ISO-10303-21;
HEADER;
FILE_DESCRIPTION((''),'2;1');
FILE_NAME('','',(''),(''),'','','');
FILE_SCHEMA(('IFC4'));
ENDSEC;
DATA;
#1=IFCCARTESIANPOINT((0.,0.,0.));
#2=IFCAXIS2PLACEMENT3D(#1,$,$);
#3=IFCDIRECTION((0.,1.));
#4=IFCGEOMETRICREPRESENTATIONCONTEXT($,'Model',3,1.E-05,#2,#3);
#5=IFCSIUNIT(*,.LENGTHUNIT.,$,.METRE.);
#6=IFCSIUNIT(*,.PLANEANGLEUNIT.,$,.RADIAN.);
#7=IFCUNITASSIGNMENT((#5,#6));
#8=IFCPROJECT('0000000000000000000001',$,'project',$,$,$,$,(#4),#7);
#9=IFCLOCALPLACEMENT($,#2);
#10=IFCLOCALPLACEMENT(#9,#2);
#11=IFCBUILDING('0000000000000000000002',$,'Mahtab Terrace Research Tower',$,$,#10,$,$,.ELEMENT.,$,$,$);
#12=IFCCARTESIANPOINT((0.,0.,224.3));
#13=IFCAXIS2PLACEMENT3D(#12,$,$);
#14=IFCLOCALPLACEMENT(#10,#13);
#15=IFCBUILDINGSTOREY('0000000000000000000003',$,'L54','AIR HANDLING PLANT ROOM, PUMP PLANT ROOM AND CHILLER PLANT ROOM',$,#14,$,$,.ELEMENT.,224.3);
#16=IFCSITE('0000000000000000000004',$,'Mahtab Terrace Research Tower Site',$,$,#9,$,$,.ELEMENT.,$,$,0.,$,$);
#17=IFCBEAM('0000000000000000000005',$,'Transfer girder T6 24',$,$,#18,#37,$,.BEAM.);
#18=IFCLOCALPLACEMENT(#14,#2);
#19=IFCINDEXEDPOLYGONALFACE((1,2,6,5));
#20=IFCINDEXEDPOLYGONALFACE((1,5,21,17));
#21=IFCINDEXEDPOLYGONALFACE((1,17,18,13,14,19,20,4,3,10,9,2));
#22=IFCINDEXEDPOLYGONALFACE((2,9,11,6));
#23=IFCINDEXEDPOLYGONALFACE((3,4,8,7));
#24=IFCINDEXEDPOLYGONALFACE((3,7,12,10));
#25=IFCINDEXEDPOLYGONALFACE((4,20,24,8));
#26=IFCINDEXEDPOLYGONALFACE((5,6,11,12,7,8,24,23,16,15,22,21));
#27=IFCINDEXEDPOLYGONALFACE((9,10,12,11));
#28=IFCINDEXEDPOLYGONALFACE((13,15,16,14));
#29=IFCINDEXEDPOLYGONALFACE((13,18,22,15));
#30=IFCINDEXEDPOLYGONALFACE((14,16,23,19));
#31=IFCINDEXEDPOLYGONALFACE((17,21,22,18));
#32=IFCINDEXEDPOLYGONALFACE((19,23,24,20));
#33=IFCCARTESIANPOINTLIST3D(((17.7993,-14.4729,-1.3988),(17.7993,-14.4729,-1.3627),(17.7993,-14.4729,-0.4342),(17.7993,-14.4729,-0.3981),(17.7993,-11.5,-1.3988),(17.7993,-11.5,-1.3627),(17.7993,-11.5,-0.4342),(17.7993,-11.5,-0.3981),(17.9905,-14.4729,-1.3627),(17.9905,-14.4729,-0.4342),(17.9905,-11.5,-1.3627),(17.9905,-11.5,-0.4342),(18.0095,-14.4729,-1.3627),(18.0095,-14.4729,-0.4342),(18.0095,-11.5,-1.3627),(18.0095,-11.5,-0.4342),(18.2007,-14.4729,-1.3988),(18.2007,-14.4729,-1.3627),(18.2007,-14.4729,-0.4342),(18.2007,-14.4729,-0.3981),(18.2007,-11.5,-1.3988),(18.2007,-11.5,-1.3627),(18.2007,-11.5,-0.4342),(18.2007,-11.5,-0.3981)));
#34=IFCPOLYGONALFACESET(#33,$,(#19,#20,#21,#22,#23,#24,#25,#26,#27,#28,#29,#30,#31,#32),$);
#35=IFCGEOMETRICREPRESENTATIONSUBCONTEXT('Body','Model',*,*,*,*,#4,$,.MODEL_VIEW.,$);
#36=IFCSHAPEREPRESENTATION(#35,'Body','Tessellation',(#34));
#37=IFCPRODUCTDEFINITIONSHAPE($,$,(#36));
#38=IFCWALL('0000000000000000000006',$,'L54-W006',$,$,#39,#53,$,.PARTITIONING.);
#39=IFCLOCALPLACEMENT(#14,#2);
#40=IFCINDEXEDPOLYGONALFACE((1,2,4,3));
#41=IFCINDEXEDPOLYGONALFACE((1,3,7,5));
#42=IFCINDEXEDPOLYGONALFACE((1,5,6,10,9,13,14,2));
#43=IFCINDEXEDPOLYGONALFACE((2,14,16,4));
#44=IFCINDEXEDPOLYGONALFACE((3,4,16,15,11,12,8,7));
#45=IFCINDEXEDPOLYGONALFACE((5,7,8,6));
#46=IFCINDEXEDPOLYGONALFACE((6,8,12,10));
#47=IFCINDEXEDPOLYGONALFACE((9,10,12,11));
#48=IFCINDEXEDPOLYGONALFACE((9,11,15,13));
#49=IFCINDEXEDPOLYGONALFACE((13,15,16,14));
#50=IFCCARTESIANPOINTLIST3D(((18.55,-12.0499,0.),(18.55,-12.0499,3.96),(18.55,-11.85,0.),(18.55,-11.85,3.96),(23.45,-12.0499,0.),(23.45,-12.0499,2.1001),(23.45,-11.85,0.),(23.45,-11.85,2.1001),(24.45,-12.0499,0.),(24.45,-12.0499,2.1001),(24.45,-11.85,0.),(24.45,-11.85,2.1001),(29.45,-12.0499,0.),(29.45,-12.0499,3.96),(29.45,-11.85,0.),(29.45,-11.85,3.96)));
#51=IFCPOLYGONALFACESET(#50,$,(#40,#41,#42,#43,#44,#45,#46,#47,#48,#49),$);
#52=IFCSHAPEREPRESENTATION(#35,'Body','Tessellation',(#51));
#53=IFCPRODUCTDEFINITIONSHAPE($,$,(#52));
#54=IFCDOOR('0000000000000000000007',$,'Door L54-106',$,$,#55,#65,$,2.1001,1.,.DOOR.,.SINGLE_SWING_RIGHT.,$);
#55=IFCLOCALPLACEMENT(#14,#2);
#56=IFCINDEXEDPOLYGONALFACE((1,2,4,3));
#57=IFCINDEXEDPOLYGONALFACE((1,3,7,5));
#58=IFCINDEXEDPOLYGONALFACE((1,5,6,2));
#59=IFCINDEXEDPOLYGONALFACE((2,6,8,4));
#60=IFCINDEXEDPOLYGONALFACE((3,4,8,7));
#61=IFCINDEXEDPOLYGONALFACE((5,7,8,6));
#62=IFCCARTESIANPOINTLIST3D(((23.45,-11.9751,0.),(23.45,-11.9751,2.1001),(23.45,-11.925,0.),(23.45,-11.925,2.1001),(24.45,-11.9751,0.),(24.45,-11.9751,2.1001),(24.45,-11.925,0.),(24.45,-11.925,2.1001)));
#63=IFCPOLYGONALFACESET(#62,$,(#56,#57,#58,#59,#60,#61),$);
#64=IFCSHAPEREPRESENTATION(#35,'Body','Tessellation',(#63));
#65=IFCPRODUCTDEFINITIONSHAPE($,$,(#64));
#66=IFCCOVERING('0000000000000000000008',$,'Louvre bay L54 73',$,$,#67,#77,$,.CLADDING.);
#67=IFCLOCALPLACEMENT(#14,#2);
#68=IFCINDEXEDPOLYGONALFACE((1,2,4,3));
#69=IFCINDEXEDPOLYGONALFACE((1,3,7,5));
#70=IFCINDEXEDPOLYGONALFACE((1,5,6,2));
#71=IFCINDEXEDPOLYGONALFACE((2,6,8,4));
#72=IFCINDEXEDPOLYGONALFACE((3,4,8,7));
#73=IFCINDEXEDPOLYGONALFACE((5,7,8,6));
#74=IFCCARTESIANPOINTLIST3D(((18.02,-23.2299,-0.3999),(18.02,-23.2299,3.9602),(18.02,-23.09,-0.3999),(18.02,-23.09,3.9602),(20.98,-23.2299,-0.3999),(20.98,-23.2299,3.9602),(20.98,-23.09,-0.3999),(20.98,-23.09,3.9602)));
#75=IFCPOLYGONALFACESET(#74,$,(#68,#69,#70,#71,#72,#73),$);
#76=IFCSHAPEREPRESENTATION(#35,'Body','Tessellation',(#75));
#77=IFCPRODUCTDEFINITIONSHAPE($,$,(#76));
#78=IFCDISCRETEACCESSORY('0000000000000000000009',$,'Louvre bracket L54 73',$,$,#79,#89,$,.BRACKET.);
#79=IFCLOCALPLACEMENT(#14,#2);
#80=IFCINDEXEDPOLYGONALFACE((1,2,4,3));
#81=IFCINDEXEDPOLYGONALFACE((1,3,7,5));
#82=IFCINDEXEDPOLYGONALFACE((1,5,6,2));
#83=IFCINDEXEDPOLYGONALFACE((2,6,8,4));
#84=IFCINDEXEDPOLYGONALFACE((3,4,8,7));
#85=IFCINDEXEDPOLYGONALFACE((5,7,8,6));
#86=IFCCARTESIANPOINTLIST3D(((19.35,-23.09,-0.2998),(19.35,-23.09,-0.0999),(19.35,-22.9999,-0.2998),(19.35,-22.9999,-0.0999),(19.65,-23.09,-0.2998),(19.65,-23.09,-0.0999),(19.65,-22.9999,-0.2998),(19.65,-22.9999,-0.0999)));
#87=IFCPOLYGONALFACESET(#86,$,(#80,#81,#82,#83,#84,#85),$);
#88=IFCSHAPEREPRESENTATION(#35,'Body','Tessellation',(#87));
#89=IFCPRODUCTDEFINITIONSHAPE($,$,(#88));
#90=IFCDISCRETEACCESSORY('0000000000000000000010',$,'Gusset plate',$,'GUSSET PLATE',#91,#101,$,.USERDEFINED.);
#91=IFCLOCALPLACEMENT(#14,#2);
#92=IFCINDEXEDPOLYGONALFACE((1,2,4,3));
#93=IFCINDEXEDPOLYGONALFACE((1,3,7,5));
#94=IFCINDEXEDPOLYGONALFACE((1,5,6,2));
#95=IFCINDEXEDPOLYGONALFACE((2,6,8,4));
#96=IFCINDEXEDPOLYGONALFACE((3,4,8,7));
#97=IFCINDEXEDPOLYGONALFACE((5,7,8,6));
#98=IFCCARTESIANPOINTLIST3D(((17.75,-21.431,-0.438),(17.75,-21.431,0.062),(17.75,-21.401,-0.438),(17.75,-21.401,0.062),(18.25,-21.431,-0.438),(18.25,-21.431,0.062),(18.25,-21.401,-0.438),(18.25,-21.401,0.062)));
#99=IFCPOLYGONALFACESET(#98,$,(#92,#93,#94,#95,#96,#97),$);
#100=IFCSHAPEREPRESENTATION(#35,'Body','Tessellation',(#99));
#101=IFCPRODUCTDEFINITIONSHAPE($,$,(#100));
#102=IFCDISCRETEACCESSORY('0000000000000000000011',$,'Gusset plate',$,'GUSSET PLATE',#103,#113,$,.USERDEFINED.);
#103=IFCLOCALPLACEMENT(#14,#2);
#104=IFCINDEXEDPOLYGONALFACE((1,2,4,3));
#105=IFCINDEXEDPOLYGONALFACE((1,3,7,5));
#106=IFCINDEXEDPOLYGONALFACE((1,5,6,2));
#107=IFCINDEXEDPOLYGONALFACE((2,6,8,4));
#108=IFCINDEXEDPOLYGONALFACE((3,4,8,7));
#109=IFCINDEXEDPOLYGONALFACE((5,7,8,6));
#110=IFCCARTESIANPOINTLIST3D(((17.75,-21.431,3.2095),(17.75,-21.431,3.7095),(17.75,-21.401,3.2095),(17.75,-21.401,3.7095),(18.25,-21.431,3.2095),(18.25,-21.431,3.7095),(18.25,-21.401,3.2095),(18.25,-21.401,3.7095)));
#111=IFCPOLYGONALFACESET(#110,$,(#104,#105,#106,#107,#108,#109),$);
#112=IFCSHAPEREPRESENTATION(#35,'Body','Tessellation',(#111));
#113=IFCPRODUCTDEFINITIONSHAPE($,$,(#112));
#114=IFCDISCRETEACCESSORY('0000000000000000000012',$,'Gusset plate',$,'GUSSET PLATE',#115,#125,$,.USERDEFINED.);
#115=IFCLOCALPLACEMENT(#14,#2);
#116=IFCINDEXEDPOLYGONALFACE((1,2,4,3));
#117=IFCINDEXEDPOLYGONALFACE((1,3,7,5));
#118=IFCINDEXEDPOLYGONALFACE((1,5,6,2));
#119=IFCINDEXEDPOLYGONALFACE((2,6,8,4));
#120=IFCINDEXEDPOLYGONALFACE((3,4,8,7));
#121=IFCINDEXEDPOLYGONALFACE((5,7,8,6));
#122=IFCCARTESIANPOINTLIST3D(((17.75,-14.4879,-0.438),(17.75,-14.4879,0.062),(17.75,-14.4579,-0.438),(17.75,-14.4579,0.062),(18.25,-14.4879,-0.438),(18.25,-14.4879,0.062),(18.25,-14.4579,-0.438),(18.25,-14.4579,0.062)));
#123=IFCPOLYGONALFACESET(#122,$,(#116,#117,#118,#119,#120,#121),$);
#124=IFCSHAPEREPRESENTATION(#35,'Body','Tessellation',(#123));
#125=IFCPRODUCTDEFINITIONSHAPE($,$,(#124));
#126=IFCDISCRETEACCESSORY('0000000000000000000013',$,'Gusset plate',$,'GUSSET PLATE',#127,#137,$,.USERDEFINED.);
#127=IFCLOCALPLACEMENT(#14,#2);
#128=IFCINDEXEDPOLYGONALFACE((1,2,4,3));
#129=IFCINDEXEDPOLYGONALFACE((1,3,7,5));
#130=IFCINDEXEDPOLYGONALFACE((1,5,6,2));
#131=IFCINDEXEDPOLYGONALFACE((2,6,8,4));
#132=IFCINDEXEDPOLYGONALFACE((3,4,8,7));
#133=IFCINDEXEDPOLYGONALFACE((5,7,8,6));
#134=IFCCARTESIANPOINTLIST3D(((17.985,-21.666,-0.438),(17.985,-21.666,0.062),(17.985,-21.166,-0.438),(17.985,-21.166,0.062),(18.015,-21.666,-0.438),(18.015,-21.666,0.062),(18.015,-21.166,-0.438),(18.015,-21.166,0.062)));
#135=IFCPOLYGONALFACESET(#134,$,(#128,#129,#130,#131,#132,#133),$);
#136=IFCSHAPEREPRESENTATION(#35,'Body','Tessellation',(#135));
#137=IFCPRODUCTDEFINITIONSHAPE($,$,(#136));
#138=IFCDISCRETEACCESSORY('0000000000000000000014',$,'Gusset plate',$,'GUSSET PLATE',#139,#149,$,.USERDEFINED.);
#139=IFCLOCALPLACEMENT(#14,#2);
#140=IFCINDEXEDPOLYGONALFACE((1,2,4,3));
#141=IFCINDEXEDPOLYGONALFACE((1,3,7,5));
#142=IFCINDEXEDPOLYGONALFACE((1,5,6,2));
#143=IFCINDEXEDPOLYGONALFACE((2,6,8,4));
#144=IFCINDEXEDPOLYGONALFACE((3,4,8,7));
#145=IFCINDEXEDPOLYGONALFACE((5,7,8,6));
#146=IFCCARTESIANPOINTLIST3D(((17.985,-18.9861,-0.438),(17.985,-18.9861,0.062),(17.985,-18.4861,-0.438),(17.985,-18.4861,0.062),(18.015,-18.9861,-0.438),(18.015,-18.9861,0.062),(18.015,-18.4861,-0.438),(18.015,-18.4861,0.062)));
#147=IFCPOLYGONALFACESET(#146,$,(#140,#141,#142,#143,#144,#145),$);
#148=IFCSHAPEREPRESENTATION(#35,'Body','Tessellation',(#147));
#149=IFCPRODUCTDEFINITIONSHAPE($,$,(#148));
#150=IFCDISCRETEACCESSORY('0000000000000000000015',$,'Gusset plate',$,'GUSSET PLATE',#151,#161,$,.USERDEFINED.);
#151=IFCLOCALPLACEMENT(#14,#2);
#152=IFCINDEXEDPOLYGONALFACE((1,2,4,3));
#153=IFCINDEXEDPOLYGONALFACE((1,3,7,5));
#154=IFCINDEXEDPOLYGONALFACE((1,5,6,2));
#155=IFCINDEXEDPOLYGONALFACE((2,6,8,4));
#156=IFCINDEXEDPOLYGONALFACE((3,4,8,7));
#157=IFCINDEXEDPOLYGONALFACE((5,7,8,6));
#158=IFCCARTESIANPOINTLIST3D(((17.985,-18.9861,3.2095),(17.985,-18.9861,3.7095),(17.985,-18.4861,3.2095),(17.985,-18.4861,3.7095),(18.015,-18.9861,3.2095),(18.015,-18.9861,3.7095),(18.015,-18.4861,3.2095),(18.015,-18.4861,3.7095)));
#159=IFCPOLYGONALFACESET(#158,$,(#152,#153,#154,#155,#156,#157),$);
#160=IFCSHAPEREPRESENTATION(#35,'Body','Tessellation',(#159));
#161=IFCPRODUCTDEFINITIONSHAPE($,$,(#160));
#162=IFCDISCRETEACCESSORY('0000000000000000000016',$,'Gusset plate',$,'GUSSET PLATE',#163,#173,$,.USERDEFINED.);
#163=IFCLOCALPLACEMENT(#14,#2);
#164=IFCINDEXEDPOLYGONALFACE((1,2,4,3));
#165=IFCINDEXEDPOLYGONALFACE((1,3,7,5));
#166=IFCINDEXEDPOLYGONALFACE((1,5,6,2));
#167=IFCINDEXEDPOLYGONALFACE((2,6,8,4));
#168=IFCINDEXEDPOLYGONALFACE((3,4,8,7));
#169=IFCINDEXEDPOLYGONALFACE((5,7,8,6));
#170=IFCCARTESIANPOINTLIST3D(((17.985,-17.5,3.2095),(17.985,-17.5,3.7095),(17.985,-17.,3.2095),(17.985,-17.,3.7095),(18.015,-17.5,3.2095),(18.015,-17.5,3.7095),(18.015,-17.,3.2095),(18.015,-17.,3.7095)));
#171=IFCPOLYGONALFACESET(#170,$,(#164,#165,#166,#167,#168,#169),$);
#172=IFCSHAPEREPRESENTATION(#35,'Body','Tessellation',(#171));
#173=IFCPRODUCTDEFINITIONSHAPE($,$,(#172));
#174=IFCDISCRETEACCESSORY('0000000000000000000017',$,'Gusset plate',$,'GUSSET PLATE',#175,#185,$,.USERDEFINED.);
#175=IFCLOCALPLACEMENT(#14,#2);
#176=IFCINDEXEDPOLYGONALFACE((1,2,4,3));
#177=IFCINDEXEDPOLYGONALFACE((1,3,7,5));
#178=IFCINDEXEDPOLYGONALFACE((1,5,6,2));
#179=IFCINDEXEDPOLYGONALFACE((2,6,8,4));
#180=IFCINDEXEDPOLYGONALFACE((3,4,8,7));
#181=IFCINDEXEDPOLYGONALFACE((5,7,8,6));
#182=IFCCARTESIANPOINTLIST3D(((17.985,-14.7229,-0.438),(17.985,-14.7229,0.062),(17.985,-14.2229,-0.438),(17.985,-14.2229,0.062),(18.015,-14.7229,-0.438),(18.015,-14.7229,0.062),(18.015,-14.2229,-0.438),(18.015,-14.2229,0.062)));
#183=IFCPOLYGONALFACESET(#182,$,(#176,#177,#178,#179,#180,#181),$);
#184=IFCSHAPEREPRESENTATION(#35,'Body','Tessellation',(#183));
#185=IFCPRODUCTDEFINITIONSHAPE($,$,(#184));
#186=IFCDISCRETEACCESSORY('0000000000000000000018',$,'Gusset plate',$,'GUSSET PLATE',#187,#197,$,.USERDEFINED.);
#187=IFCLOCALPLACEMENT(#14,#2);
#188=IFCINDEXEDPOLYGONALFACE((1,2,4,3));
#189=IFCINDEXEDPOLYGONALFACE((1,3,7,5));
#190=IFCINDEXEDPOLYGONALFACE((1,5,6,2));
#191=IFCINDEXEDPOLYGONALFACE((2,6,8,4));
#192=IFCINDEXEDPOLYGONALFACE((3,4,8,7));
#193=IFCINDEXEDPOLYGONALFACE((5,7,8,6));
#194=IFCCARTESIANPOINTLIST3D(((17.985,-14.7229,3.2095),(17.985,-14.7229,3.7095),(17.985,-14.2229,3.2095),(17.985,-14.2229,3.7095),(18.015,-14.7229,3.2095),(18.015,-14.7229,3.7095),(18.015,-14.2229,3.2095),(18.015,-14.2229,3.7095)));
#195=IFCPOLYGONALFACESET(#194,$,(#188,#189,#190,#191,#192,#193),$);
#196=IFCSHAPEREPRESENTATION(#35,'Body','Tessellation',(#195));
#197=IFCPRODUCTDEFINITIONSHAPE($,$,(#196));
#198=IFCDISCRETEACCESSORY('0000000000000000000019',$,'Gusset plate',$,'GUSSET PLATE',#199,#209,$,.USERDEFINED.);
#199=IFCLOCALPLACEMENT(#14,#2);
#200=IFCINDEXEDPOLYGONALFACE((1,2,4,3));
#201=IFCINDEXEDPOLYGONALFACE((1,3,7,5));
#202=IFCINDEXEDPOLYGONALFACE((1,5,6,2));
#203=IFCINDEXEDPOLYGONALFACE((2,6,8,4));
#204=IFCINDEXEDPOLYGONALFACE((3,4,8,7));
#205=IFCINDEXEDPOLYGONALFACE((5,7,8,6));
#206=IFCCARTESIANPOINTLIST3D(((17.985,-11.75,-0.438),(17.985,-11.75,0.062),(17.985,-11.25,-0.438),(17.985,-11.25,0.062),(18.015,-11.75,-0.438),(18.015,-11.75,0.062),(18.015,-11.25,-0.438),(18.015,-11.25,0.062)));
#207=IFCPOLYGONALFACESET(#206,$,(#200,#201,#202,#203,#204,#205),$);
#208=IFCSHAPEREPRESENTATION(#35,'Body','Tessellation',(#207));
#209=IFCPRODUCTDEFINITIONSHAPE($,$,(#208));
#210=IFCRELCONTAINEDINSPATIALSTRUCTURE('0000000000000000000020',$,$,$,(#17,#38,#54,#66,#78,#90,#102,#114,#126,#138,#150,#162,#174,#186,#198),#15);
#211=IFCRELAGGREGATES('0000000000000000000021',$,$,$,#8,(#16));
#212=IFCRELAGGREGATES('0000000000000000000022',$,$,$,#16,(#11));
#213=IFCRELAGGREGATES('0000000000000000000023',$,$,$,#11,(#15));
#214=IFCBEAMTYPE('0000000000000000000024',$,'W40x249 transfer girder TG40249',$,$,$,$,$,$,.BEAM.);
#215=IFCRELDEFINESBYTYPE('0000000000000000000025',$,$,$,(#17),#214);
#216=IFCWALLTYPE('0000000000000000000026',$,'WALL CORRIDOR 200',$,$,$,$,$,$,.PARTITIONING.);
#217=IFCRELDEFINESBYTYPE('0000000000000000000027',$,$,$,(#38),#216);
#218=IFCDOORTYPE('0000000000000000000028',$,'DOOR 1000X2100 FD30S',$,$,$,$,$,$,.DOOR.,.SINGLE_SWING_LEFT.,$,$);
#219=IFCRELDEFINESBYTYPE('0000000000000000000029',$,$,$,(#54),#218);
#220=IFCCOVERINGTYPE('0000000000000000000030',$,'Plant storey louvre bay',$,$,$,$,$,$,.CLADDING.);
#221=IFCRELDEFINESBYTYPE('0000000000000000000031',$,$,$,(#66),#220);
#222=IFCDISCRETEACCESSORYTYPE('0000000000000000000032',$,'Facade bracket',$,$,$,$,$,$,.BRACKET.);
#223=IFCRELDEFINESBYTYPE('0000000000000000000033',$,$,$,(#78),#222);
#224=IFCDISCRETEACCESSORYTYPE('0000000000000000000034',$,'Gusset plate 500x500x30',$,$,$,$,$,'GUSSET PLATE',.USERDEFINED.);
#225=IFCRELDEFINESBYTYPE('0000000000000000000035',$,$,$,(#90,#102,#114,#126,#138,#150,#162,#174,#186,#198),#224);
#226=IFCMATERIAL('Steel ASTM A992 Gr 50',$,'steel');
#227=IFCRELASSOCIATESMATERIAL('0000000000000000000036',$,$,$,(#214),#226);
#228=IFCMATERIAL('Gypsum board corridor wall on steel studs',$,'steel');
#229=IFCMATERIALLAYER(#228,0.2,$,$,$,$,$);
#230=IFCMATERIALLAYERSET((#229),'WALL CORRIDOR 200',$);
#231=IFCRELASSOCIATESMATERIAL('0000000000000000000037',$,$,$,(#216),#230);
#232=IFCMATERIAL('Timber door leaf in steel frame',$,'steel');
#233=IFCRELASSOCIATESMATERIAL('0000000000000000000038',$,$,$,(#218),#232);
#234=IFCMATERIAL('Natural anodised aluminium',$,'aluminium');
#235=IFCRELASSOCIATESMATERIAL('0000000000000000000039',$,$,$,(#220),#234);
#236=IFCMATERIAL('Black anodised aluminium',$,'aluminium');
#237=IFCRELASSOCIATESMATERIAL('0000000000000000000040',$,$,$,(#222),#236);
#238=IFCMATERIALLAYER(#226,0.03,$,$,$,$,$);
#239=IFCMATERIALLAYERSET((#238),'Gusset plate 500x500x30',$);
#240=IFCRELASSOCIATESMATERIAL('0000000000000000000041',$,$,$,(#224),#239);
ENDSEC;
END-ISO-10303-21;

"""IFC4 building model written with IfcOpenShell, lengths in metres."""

from ifc_helpers import new_model, si_unit, direction, frame, frame_2d, origin, origin_2d, place, context, subcontext, project, spatial, rectangle, i_section, extrude, material, layer, layer_set, material_profile, profile_set, type_object, element, fill, save


model = new_model("IFC4")

# Units and contexts
model_context = context("Model", 3, precision=1e-05, world=origin(), true_north=direction((0.0, 1.0)))
body_context = subcontext(model_context, "Body", "Model", "MODEL_VIEW")
ifc_project = project(units=[si_unit("LENGTHUNIT", "METRE"), si_unit("PLANEANGLEUNIT", "RADIAN")], contexts=[model_context])

# Site, building, storey
site_placement = place(None, origin())
site = spatial("IfcSite", under=ifc_project, at=site_placement, Name="Mahtab Terrace Research Tower Site", CompositionType="ELEMENT", RefElevation=0.0)
building_placement = place(site_placement, origin())
building = spatial("IfcBuilding", under=site, at=building_placement, Name="Mahtab Terrace Research Tower", CompositionType="ELEMENT")
storey_placement = place(building_placement, frame((0.0, 0.0, 224.3)))
storey = spatial("IfcBuildingStorey", under=building, at=storey_placement, Name="L54", Description="AIR HANDLING PLANT ROOM, PUMP PLANT ROOM AND CHILLER PLANT ROOM", CompositionType="ELEMENT", Elevation=224.3)

# Shared definitions
ifc_material_1 = material(Name="Steel ASTM A992 Gr 50", Category="steel")

# Beam
ifc_material_profile_1 = material_profile(ifc_material_1, i_section(OverallWidth=0.4014, OverallDepth=1.0007, WebThickness=0.019, FlangeThickness=0.0361, at=origin_2d()), Name="W40X249")
ifc_profile_set_1 = profile_set([ifc_material_profile_1], Name="Steel ASTM A992 Gr 50")
beam_type = type_object("IfcBeamType", Name="W40x249 transfer girder TG40249", PredefinedType="BEAM", material=ifc_profile_set_1)
beam_placement = place(storey_placement, frame((18.0, -14.4729, -0.8984), z_axis=(0.0, 1.0, 0.0), x_axis=(-1.0, 0.0, 0.0)))
element("IfcBeam", 1, at=beam_placement, inside=storey, type_object=beam_type, Name="Transfer girder T6 24", PredefinedType="BEAM", context=body_context, shape_type="SweptSolid", body=[
    extrude(i_section(OverallWidth=0.4014, OverallDepth=1.0007, WebThickness=0.019, FlangeThickness=0.0361, at=origin_2d()), origin(), (0.0, 0.0, 1.0), 2.9729),
])

# Wall, opening, door
ifc_material_2 = material(Name="Gypsum board corridor wall on steel studs", Category="steel")
ifc_layer_1 = layer(ifc_material_2, 0.2)
ifc_layer_set_1 = layer_set([ifc_layer_1], Name="WALL CORRIDOR 200")
wall_type = type_object("IfcWallType", Name="WALL CORRIDOR 200", PredefinedType="PARTITIONING", material=ifc_layer_set_1)
wall_placement = place(storey_placement, frame((18.55, -11.95, 0.0), z_axis=(0.0, 0.0, 1.0), x_axis=(1.0, 0.0, 0.0)))
wall = element("IfcWall", 2, at=wall_placement, inside=storey, type_object=wall_type, Name="L54-W006", PredefinedType="PARTITIONING", context=body_context, shape_type="SweptSolid", body=[
    extrude(rectangle(XDim=10.8999, YDim=0.2, at=frame_2d((5.45, 0.0))), origin(), (0.0, 0.0, 1.0), 3.96),
])
opening_placement = place(wall_placement, frame((4.8999, 0.0, 0.0)))
opening = element("IfcOpeningElement", 3, at=opening_placement, cuts=wall, PredefinedType="OPENING", context=body_context, shape_type="SweptSolid", body=[
    extrude(rectangle(XDim=1.0, YDim=2.1001, at=frame_2d((0.5, 1.05))), frame((0.0, 0.1099, 0.0), z_axis=(0.0, -1.0, 0.0), x_axis=(1.0, 0.0, 0.0)), (0.0, 0.0, 1.0), 0.22),
])
ifc_material_3 = material(Name="Timber door leaf in steel frame", Category="steel")
door_type = type_object("IfcDoorType", Name="DOOR 1000X2100 FD30S", OperationType="SINGLE_SWING_LEFT", PredefinedType="DOOR", material=ifc_material_3)
door_placement = place(opening_placement, origin())
door = element("IfcDoor", 4, at=door_placement, inside=storey, type_object=door_type, Name="Door L54-106", OperationType="SINGLE_SWING_RIGHT", OverallHeight=2.1001, OverallWidth=1.0, PredefinedType="DOOR", context=body_context, shape_type="SweptSolid", body=[
    extrude(rectangle(XDim=1.0, YDim=2.1001, at=frame_2d((0.5, 1.05))), frame((0.0, 0.0249, 0.0), z_axis=(0.0, -1.0, 0.0), x_axis=(1.0, 0.0, 0.0)), (0.0, 0.0, 1.0), 0.05),
])
fill(opening, door)

# Covering
ifc_material_4 = material(Name="Natural anodised aluminium", Category="aluminium")
covering_type = type_object("IfcCoveringType", Name="Plant storey louvre bay", PredefinedType="CLADDING", material=ifc_material_4)
covering_placement = place(storey_placement, frame((19.5, -23.1599, -0.3999), z_axis=(0.0, 0.0, 1.0), x_axis=(1.0, 0.0, 0.0)))
element("IfcCovering", 5, at=covering_placement, inside=storey, type_object=covering_type, Name="Louvre bay L54 73", PredefinedType="CLADDING", context=body_context, shape_type="SweptSolid", body=[
    extrude(rectangle(XDim=2.96, YDim=0.1399, at=origin_2d()), origin(), (0.0, 0.0, 1.0), 4.3601),
])

# Discrete accessories
ifc_material_5 = material(Name="Black anodised aluminium", Category="aluminium")
discrete_accessory_type_1 = type_object("IfcDiscreteAccessoryType", Name="Facade bracket", PredefinedType="BRACKET", material=ifc_material_5)
discrete_accessory_placement = place(storey_placement, frame((19.5, -23.0449, -0.2998), z_axis=(0.0, 0.0, 1.0), x_axis=(1.0, 0.0, 0.0)))
element("IfcDiscreteAccessory", 6, at=discrete_accessory_placement, inside=storey, type_object=discrete_accessory_type_1, Name="Louvre bracket L54 73", PredefinedType="BRACKET", context=body_context, shape_type="SweptSolid", body=[
    extrude(rectangle(XDim=0.3, YDim=0.0901, at=origin_2d()), origin(), (0.0, 0.0, 1.0), 0.2),
])
ifc_layer_2 = layer(ifc_material_1, 0.03)
ifc_layer_set_2 = layer_set([ifc_layer_2], Name="Gusset plate 500x500x30")
discrete_accessory_type_2 = type_object("IfcDiscreteAccessoryType", Name="Gusset plate 500x500x30", ElementType="GUSSET PLATE", PredefinedType="USERDEFINED", material=ifc_layer_set_2)
for number, where, z_axis, x_axis, name in (
    (7, (18.0, -21.416, -0.438), (0.0, 0.0, 1.0), (1.0, 0.0, 0.0), "Gusset plate"),
    (8, (18.0, -21.416, 3.2095), (0.0, 0.0, 1.0), (1.0, 0.0, 0.0), "Gusset plate"),
    (9, (18.0, -14.4729, -0.438), (0.0, 0.0, 1.0), (1.0, 0.0, 0.0), "Gusset plate"),
    (10, (18.0, -21.416, -0.438), (0.0, 0.0, 1.0), (0.0, 1.0, 0.0), "Gusset plate"),
    (11, (18.0, -18.7361, -0.438), (0.0, 0.0, 1.0), (0.0, 1.0, 0.0), "Gusset plate"),
    (12, (18.0, -18.7361, 3.2095), (0.0, 0.0, 1.0), (0.0, 1.0, 0.0), "Gusset plate"),
    (13, (18.0, -17.25, 3.2095), (0.0, 0.0, 1.0), (0.0, 1.0, 0.0), "Gusset plate"),
    (14, (18.0, -14.4729, -0.438), (0.0, 0.0, 1.0), (0.0, 1.0, 0.0), "Gusset plate"),
    (15, (18.0, -14.4729, 3.2095), (0.0, 0.0, 1.0), (0.0, 1.0, 0.0), "Gusset plate"),
    (16, (18.0, -11.5, -0.438), (0.0, 0.0, 1.0), (0.0, 1.0, 0.0), "Gusset plate"),
):
    element("IfcDiscreteAccessory", number, at=place(storey_placement, frame(where, z_axis=z_axis, x_axis=x_axis)), inside=storey, type_object=discrete_accessory_type_2, Name=name, ObjectType="GUSSET PLATE", PredefinedType="USERDEFINED", context=body_context, shape_type="SweptSolid", body=[
        extrude(rectangle(XDim=0.5, YDim=0.03, at=origin_2d()), origin(), (0.0, 0.0, 1.0), 0.5),
    ])

save(model, "model.ifc")
